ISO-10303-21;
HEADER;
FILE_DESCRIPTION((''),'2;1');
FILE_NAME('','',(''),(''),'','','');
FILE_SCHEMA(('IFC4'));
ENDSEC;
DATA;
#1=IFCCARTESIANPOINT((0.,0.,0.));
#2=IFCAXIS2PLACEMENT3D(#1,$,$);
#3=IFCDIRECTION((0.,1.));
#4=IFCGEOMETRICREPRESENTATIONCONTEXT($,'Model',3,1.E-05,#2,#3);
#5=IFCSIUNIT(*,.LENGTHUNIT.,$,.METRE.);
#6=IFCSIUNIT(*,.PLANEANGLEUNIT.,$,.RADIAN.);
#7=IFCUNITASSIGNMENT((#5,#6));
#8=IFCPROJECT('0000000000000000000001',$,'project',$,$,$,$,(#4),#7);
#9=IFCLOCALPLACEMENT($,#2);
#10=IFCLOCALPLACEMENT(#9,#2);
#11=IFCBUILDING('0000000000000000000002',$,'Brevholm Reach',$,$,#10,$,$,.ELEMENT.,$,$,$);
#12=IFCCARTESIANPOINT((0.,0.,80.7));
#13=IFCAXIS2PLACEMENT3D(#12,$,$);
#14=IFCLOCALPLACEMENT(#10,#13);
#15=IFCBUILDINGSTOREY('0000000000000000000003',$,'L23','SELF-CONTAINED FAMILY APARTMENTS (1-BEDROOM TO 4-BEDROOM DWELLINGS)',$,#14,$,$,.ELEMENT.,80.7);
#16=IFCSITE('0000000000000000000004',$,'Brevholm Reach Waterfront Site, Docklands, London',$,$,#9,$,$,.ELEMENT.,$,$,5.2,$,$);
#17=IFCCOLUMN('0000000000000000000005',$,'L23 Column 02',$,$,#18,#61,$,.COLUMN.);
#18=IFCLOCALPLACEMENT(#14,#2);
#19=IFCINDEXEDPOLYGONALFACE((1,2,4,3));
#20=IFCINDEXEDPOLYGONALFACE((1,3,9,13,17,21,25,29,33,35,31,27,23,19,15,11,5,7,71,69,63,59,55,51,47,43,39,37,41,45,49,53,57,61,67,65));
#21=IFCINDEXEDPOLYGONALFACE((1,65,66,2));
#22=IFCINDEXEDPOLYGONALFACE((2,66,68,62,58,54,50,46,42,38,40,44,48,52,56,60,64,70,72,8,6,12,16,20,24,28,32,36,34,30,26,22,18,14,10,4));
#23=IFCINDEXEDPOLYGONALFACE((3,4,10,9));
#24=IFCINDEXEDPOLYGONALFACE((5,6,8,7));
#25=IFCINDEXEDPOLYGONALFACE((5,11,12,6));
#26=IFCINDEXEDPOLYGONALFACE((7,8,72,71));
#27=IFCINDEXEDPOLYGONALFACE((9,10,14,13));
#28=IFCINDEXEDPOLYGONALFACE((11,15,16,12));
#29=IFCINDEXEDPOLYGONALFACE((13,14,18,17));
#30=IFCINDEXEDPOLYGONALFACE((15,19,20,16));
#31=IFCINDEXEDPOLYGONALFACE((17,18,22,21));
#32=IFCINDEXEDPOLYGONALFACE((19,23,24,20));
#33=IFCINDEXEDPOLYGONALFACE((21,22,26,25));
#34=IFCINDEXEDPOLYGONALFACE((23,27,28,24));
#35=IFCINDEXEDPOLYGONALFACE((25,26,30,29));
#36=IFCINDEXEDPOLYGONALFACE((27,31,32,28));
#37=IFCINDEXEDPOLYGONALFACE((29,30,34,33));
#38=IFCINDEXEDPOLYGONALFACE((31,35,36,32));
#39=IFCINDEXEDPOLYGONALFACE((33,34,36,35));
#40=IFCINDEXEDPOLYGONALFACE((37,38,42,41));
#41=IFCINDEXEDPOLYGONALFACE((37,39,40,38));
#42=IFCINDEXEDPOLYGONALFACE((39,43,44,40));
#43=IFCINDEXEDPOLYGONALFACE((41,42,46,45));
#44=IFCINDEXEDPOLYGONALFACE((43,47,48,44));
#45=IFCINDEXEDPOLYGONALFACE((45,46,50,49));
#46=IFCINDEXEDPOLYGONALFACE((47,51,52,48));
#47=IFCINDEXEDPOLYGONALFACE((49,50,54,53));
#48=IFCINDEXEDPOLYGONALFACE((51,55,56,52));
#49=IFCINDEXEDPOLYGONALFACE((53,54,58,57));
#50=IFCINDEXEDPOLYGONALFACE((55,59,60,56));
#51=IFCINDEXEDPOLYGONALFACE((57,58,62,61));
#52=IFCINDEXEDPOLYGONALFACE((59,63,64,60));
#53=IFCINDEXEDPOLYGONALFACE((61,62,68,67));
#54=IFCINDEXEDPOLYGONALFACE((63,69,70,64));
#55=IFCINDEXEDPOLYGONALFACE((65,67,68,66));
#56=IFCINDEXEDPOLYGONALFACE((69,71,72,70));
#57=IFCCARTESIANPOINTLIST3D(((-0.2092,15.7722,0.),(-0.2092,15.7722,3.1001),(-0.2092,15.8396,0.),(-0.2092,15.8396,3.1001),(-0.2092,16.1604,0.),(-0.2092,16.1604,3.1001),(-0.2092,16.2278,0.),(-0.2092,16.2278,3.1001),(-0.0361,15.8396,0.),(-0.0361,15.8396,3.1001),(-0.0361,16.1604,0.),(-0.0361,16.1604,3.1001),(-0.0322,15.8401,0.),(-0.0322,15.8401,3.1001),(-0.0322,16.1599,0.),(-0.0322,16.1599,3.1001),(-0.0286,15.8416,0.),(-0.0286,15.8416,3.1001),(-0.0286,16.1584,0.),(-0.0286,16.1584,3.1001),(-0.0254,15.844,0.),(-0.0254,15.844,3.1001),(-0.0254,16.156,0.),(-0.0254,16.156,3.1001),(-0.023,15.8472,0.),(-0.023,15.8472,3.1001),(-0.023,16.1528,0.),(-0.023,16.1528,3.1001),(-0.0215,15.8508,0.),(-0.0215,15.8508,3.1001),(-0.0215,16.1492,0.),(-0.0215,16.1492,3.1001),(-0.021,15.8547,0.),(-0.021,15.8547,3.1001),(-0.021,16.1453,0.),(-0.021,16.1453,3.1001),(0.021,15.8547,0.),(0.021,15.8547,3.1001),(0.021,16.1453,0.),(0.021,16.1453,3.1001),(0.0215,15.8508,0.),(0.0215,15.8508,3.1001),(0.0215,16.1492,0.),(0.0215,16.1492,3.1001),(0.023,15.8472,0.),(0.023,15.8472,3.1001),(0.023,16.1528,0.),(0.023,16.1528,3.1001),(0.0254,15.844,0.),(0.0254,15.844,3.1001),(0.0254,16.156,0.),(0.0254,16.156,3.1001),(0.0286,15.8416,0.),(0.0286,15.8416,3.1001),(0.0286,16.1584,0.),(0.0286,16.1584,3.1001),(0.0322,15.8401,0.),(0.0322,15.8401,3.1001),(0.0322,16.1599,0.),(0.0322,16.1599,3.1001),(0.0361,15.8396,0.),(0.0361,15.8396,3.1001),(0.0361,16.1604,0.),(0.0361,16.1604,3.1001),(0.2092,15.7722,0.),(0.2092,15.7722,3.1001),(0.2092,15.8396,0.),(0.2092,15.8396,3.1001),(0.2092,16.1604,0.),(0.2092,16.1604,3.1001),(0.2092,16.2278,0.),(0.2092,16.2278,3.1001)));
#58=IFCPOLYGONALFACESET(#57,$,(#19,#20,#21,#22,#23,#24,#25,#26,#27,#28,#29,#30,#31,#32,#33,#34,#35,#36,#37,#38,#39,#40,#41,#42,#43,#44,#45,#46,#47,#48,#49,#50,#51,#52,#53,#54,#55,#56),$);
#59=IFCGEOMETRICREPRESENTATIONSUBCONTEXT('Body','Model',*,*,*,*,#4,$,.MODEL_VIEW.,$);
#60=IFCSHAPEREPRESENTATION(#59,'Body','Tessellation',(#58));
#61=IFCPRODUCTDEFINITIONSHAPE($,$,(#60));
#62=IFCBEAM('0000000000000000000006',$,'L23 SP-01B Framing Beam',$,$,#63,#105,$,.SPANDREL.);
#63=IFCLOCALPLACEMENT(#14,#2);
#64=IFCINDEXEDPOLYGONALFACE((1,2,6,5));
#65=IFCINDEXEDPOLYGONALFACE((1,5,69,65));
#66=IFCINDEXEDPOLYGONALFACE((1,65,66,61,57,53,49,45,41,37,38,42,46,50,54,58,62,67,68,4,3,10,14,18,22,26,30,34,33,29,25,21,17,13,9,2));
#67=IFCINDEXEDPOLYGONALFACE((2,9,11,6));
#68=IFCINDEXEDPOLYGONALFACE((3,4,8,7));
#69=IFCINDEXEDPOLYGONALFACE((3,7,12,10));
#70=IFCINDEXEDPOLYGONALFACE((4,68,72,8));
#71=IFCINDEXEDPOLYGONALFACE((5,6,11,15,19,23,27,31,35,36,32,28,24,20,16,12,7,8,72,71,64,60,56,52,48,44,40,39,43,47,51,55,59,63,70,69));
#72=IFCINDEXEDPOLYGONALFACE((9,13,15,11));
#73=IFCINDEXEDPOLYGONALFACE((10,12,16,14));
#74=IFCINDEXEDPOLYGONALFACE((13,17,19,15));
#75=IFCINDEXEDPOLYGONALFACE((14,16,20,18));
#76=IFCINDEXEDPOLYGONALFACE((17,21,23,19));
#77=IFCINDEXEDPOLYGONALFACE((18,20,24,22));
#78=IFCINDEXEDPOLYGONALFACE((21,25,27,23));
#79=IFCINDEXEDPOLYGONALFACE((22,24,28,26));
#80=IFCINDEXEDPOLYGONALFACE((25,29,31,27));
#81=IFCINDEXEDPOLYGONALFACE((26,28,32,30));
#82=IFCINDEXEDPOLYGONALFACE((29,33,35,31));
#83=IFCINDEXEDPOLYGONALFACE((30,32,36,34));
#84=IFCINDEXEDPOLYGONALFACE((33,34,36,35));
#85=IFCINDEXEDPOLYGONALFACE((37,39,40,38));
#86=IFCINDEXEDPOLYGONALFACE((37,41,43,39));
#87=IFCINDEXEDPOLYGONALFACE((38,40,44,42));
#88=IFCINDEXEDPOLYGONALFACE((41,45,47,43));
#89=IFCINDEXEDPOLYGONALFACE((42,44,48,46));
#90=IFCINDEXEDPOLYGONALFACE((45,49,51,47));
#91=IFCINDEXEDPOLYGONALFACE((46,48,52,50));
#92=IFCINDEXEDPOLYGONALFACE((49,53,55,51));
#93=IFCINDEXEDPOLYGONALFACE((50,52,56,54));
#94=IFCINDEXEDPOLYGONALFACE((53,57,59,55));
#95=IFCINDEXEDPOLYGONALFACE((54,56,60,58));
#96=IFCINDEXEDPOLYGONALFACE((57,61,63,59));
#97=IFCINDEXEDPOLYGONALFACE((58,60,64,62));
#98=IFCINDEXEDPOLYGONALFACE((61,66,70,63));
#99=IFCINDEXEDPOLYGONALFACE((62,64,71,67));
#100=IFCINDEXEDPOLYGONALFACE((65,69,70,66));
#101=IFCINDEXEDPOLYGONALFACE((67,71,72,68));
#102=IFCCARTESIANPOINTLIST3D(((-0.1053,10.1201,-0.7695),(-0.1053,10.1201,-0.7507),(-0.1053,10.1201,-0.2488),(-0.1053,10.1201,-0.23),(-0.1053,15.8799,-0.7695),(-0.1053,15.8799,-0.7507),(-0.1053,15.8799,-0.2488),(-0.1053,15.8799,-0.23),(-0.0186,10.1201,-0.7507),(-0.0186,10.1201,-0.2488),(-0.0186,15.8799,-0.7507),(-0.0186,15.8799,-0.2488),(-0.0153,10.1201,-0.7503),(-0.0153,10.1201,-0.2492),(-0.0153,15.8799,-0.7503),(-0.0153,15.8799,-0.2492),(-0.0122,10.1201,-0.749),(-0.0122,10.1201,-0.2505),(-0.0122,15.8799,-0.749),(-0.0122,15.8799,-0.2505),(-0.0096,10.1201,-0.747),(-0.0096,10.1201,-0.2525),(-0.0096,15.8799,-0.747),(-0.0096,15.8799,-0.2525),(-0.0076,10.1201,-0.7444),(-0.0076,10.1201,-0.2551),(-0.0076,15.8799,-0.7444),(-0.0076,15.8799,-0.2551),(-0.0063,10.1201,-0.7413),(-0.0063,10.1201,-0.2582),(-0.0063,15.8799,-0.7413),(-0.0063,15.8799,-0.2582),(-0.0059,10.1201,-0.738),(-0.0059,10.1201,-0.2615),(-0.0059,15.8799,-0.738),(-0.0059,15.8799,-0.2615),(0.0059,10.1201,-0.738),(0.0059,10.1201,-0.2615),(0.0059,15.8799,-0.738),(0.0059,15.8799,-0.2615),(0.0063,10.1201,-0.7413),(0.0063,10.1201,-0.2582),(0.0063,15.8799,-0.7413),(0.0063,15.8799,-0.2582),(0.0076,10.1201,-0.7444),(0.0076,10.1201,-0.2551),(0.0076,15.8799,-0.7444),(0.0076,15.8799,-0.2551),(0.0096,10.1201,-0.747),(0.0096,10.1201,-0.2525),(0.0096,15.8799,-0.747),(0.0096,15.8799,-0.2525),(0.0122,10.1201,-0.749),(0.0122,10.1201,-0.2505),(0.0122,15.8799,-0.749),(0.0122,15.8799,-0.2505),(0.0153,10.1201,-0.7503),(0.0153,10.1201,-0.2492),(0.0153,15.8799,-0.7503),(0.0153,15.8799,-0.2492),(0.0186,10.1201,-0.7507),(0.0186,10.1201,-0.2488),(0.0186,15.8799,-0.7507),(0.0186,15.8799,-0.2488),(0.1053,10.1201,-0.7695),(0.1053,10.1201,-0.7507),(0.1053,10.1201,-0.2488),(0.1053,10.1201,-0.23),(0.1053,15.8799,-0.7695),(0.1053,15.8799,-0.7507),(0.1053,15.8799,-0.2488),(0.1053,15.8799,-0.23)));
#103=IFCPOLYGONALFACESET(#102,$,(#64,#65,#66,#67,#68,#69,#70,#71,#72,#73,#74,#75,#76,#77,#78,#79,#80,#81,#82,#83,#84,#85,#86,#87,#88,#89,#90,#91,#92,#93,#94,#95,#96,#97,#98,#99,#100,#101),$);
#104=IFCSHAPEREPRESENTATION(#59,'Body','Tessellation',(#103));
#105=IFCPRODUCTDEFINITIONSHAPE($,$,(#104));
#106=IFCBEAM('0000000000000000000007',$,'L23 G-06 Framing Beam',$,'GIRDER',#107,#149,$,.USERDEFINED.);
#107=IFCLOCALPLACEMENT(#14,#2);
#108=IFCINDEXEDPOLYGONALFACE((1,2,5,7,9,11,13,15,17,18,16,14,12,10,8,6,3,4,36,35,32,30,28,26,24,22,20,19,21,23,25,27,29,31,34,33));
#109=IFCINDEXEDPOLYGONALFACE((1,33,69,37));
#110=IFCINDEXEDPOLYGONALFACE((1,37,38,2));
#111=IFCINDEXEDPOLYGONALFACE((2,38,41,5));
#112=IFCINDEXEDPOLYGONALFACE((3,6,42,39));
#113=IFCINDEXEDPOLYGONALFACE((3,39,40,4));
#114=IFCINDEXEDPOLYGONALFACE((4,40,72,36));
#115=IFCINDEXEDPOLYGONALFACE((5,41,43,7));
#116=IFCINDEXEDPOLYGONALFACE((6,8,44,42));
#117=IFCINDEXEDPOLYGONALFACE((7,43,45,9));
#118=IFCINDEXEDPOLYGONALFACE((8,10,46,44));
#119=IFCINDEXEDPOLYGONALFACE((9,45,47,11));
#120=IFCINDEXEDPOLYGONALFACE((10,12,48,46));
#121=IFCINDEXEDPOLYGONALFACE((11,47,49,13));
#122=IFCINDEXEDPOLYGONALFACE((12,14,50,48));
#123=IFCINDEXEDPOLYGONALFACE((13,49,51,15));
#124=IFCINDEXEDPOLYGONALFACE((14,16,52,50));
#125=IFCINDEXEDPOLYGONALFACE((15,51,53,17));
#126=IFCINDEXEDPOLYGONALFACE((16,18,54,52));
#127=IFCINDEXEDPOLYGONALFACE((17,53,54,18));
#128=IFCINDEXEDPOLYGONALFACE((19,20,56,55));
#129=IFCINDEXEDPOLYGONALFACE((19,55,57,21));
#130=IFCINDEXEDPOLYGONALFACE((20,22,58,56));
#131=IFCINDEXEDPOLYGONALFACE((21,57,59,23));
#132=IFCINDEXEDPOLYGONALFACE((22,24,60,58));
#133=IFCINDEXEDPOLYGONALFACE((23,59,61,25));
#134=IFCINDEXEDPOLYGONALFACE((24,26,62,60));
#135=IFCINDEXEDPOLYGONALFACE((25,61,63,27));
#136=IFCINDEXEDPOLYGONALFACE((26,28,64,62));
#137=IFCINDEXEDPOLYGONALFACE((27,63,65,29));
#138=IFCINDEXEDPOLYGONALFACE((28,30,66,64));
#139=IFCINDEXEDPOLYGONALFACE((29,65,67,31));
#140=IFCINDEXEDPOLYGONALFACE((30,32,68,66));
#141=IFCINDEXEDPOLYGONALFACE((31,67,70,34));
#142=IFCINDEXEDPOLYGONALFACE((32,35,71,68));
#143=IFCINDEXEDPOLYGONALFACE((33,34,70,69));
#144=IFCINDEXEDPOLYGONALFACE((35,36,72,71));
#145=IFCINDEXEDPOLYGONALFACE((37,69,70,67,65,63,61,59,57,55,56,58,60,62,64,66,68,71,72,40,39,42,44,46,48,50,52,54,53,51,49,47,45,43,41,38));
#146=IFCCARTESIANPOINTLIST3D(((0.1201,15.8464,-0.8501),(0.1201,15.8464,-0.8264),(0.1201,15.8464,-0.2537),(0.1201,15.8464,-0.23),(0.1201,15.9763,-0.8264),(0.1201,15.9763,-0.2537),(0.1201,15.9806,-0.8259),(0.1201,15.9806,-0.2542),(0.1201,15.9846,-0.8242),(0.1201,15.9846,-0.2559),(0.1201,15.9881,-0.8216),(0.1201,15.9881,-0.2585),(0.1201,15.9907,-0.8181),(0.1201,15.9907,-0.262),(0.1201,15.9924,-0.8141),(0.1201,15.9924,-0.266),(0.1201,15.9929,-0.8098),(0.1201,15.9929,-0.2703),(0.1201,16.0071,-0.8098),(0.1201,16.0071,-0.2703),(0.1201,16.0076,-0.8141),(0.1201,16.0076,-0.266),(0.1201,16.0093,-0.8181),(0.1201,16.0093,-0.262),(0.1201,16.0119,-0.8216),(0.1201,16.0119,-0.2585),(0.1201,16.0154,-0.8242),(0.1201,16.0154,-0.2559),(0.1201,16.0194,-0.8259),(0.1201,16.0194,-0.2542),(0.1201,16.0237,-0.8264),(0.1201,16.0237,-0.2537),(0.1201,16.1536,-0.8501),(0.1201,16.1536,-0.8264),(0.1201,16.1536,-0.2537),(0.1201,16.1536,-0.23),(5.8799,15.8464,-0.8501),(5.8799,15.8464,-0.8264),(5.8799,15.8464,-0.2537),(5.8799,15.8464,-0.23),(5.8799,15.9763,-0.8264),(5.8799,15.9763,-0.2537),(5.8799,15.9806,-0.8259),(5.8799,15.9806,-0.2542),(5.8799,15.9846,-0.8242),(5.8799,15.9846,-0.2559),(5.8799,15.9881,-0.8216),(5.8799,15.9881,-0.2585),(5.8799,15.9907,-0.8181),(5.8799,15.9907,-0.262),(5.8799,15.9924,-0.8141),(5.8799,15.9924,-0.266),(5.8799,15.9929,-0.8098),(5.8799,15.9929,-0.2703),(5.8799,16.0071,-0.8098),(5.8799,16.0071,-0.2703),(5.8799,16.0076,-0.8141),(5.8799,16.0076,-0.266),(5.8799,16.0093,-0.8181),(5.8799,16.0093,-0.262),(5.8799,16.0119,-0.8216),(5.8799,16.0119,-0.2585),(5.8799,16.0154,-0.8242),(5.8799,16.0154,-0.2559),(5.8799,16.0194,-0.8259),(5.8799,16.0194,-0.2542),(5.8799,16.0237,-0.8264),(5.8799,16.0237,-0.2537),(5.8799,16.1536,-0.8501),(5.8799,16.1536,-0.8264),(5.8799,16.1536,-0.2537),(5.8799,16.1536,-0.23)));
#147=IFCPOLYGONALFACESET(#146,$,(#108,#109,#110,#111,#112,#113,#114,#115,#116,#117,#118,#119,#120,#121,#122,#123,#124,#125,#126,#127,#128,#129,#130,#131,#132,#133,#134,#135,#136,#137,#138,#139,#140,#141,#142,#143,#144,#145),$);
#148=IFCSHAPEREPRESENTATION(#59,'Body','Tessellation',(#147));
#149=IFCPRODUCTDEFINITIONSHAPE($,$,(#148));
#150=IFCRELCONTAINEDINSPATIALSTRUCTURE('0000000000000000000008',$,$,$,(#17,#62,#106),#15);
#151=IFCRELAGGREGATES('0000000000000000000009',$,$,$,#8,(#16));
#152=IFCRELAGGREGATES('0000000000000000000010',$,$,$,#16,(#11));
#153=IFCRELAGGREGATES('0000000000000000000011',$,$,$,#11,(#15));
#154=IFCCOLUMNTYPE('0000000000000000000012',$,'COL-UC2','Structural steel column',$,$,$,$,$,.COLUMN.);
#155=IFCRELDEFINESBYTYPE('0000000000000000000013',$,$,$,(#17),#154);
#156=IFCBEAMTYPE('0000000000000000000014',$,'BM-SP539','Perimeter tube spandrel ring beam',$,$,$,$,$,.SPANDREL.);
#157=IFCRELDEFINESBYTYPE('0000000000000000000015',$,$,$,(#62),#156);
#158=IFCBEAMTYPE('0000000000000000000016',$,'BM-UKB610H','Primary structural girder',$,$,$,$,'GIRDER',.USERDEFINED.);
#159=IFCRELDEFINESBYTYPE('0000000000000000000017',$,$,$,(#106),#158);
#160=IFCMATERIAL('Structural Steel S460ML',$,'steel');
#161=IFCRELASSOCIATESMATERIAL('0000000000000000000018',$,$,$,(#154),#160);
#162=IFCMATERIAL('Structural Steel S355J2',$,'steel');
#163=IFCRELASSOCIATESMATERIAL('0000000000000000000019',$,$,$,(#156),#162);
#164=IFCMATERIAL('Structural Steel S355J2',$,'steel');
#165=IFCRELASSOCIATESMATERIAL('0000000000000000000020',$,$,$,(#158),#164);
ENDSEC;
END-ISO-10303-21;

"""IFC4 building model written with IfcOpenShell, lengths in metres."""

from ifc_helpers import new_model, si_unit, direction, frame, origin, origin_2d, place, context, subcontext, project, spatial, i_section, extrude, material, material_profile, profile_set, type_object, element, save


model = new_model("IFC4")

# Units and contexts
model_context = context("Model", 3, precision=1e-05, world=origin(), true_north=direction((0.0, 1.0)))
body_context = subcontext(model_context, "Body", "Model", "MODEL_VIEW")
ifc_project = project(units=[si_unit("LENGTHUNIT", "METRE"), si_unit("PLANEANGLEUNIT", "RADIAN")], contexts=[model_context])

# Site, building, storey
site_placement = place(None, origin())
site = spatial("IfcSite", under=ifc_project, at=site_placement, Name="Brevholm Reach Waterfront Site, Docklands, London", CompositionType="ELEMENT", RefElevation=5.2)
building_placement = place(site_placement, origin())
building = spatial("IfcBuilding", under=site, at=building_placement, Name="Brevholm Reach", CompositionType="ELEMENT")
storey_placement = place(building_placement, frame((0.0, 0.0, 80.7)))
storey = spatial("IfcBuildingStorey", under=building, at=storey_placement, Name="L23", Description="SELF-CONTAINED FAMILY APARTMENTS (1-BEDROOM TO 4-BEDROOM DWELLINGS)", CompositionType="ELEMENT", Elevation=80.7)

# Column
ifc_material_1 = material(Name="Structural Steel S460ML", Category="steel")
ifc_material_profile_1 = material_profile(ifc_material_1, i_section(OverallWidth=0.4185, OverallDepth=0.4556, WebThickness=0.042, FlangeThickness=0.0674, FilletRadius=0.0151, at=origin_2d()), Name="UKC 356x406x551")
ifc_profile_set_1 = profile_set([ifc_material_profile_1], Name="Structural Steel S460ML")
column_type = type_object("IfcColumnType", Name="COL-UC2", Description="Structural steel column", PredefinedType="COLUMN", material=ifc_profile_set_1)
column_placement = place(storey_placement, frame((0.0, 16.0, 0.0), z_axis=(0.0, 0.0, 1.0), x_axis=(1.0, 0.0, 0.0)))
element("IfcColumn", 1, at=column_placement, inside=storey, type_object=column_type, Name="L23 Column 02", PredefinedType="COLUMN", context=body_context, shape_type="SweptSolid", body=[
    extrude(i_section(OverallWidth=0.4185, OverallDepth=0.4556, WebThickness=0.042, FlangeThickness=0.0674, FilletRadius=0.0151, at=origin_2d()), origin(), (0.0, 0.0, 1.0), 3.1001),
])

# Beams
ifc_material_2 = material(Name="Structural Steel S355J2", Category="steel")
ifc_material_profile_2 = material_profile(ifc_material_2, i_section(OverallWidth=0.2107, OverallDepth=0.5396, WebThickness=0.0117, FlangeThickness=0.0188, FilletRadius=0.0127, at=origin_2d()), Name="UKB 533x210x109")
ifc_profile_set_2 = profile_set([ifc_material_profile_2], Name="Structural Steel S355J2")
beam_type_1 = type_object("IfcBeamType", Name="BM-SP539", Description="Perimeter tube spandrel ring beam", PredefinedType="SPANDREL", material=ifc_profile_set_2)
beam_1_placement = place(storey_placement, frame((0.0, 10.1201, -0.4998), z_axis=(0.0, 1.0, 0.0), x_axis=(-1.0, 0.0, 0.0)))
element("IfcBeam", 2, at=beam_1_placement, inside=storey, type_object=beam_type_1, Name="L23 SP-01B Framing Beam", PredefinedType="SPANDREL", context=body_context, shape_type="SweptSolid", body=[
    extrude(i_section(OverallWidth=0.2107, OverallDepth=0.5396, WebThickness=0.0117, FlangeThickness=0.0188, FilletRadius=0.0127, at=origin_2d()), origin(), (0.0, 0.0, 1.0), 5.7598),
])
ifc_material_3 = material(Name="Structural Steel S355J2", Category="steel")
ifc_material_profile_3 = material_profile(ifc_material_3, i_section(OverallWidth=0.3071, OverallDepth=0.6201, WebThickness=0.0142, FlangeThickness=0.0237, FilletRadius=0.0166, at=origin_2d()), Name="UKB 610x305x179")
ifc_profile_set_3 = profile_set([ifc_material_profile_3], Name="Structural Steel S355J2")
beam_type_2 = type_object("IfcBeamType", Name="BM-UKB610H", Description="Primary structural girder", ElementType="GIRDER", PredefinedType="USERDEFINED", material=ifc_profile_set_3)
beam_2_placement = place(storey_placement, frame((0.1201, 16.0, -0.54), z_axis=(1.0, 0.0, 0.0), x_axis=(0.0, 1.0, 0.0)))
element("IfcBeam", 3, at=beam_2_placement, inside=storey, type_object=beam_type_2, Name="L23 G-06 Framing Beam", ObjectType="GIRDER", PredefinedType="USERDEFINED", context=body_context, shape_type="SweptSolid", body=[
    extrude(i_section(OverallWidth=0.3071, OverallDepth=0.6201, WebThickness=0.0142, FlangeThickness=0.0237, FilletRadius=0.0166, at=origin_2d()), origin(), (0.0, 0.0, 1.0), 5.7598),
])

save(model, "model.ifc")
